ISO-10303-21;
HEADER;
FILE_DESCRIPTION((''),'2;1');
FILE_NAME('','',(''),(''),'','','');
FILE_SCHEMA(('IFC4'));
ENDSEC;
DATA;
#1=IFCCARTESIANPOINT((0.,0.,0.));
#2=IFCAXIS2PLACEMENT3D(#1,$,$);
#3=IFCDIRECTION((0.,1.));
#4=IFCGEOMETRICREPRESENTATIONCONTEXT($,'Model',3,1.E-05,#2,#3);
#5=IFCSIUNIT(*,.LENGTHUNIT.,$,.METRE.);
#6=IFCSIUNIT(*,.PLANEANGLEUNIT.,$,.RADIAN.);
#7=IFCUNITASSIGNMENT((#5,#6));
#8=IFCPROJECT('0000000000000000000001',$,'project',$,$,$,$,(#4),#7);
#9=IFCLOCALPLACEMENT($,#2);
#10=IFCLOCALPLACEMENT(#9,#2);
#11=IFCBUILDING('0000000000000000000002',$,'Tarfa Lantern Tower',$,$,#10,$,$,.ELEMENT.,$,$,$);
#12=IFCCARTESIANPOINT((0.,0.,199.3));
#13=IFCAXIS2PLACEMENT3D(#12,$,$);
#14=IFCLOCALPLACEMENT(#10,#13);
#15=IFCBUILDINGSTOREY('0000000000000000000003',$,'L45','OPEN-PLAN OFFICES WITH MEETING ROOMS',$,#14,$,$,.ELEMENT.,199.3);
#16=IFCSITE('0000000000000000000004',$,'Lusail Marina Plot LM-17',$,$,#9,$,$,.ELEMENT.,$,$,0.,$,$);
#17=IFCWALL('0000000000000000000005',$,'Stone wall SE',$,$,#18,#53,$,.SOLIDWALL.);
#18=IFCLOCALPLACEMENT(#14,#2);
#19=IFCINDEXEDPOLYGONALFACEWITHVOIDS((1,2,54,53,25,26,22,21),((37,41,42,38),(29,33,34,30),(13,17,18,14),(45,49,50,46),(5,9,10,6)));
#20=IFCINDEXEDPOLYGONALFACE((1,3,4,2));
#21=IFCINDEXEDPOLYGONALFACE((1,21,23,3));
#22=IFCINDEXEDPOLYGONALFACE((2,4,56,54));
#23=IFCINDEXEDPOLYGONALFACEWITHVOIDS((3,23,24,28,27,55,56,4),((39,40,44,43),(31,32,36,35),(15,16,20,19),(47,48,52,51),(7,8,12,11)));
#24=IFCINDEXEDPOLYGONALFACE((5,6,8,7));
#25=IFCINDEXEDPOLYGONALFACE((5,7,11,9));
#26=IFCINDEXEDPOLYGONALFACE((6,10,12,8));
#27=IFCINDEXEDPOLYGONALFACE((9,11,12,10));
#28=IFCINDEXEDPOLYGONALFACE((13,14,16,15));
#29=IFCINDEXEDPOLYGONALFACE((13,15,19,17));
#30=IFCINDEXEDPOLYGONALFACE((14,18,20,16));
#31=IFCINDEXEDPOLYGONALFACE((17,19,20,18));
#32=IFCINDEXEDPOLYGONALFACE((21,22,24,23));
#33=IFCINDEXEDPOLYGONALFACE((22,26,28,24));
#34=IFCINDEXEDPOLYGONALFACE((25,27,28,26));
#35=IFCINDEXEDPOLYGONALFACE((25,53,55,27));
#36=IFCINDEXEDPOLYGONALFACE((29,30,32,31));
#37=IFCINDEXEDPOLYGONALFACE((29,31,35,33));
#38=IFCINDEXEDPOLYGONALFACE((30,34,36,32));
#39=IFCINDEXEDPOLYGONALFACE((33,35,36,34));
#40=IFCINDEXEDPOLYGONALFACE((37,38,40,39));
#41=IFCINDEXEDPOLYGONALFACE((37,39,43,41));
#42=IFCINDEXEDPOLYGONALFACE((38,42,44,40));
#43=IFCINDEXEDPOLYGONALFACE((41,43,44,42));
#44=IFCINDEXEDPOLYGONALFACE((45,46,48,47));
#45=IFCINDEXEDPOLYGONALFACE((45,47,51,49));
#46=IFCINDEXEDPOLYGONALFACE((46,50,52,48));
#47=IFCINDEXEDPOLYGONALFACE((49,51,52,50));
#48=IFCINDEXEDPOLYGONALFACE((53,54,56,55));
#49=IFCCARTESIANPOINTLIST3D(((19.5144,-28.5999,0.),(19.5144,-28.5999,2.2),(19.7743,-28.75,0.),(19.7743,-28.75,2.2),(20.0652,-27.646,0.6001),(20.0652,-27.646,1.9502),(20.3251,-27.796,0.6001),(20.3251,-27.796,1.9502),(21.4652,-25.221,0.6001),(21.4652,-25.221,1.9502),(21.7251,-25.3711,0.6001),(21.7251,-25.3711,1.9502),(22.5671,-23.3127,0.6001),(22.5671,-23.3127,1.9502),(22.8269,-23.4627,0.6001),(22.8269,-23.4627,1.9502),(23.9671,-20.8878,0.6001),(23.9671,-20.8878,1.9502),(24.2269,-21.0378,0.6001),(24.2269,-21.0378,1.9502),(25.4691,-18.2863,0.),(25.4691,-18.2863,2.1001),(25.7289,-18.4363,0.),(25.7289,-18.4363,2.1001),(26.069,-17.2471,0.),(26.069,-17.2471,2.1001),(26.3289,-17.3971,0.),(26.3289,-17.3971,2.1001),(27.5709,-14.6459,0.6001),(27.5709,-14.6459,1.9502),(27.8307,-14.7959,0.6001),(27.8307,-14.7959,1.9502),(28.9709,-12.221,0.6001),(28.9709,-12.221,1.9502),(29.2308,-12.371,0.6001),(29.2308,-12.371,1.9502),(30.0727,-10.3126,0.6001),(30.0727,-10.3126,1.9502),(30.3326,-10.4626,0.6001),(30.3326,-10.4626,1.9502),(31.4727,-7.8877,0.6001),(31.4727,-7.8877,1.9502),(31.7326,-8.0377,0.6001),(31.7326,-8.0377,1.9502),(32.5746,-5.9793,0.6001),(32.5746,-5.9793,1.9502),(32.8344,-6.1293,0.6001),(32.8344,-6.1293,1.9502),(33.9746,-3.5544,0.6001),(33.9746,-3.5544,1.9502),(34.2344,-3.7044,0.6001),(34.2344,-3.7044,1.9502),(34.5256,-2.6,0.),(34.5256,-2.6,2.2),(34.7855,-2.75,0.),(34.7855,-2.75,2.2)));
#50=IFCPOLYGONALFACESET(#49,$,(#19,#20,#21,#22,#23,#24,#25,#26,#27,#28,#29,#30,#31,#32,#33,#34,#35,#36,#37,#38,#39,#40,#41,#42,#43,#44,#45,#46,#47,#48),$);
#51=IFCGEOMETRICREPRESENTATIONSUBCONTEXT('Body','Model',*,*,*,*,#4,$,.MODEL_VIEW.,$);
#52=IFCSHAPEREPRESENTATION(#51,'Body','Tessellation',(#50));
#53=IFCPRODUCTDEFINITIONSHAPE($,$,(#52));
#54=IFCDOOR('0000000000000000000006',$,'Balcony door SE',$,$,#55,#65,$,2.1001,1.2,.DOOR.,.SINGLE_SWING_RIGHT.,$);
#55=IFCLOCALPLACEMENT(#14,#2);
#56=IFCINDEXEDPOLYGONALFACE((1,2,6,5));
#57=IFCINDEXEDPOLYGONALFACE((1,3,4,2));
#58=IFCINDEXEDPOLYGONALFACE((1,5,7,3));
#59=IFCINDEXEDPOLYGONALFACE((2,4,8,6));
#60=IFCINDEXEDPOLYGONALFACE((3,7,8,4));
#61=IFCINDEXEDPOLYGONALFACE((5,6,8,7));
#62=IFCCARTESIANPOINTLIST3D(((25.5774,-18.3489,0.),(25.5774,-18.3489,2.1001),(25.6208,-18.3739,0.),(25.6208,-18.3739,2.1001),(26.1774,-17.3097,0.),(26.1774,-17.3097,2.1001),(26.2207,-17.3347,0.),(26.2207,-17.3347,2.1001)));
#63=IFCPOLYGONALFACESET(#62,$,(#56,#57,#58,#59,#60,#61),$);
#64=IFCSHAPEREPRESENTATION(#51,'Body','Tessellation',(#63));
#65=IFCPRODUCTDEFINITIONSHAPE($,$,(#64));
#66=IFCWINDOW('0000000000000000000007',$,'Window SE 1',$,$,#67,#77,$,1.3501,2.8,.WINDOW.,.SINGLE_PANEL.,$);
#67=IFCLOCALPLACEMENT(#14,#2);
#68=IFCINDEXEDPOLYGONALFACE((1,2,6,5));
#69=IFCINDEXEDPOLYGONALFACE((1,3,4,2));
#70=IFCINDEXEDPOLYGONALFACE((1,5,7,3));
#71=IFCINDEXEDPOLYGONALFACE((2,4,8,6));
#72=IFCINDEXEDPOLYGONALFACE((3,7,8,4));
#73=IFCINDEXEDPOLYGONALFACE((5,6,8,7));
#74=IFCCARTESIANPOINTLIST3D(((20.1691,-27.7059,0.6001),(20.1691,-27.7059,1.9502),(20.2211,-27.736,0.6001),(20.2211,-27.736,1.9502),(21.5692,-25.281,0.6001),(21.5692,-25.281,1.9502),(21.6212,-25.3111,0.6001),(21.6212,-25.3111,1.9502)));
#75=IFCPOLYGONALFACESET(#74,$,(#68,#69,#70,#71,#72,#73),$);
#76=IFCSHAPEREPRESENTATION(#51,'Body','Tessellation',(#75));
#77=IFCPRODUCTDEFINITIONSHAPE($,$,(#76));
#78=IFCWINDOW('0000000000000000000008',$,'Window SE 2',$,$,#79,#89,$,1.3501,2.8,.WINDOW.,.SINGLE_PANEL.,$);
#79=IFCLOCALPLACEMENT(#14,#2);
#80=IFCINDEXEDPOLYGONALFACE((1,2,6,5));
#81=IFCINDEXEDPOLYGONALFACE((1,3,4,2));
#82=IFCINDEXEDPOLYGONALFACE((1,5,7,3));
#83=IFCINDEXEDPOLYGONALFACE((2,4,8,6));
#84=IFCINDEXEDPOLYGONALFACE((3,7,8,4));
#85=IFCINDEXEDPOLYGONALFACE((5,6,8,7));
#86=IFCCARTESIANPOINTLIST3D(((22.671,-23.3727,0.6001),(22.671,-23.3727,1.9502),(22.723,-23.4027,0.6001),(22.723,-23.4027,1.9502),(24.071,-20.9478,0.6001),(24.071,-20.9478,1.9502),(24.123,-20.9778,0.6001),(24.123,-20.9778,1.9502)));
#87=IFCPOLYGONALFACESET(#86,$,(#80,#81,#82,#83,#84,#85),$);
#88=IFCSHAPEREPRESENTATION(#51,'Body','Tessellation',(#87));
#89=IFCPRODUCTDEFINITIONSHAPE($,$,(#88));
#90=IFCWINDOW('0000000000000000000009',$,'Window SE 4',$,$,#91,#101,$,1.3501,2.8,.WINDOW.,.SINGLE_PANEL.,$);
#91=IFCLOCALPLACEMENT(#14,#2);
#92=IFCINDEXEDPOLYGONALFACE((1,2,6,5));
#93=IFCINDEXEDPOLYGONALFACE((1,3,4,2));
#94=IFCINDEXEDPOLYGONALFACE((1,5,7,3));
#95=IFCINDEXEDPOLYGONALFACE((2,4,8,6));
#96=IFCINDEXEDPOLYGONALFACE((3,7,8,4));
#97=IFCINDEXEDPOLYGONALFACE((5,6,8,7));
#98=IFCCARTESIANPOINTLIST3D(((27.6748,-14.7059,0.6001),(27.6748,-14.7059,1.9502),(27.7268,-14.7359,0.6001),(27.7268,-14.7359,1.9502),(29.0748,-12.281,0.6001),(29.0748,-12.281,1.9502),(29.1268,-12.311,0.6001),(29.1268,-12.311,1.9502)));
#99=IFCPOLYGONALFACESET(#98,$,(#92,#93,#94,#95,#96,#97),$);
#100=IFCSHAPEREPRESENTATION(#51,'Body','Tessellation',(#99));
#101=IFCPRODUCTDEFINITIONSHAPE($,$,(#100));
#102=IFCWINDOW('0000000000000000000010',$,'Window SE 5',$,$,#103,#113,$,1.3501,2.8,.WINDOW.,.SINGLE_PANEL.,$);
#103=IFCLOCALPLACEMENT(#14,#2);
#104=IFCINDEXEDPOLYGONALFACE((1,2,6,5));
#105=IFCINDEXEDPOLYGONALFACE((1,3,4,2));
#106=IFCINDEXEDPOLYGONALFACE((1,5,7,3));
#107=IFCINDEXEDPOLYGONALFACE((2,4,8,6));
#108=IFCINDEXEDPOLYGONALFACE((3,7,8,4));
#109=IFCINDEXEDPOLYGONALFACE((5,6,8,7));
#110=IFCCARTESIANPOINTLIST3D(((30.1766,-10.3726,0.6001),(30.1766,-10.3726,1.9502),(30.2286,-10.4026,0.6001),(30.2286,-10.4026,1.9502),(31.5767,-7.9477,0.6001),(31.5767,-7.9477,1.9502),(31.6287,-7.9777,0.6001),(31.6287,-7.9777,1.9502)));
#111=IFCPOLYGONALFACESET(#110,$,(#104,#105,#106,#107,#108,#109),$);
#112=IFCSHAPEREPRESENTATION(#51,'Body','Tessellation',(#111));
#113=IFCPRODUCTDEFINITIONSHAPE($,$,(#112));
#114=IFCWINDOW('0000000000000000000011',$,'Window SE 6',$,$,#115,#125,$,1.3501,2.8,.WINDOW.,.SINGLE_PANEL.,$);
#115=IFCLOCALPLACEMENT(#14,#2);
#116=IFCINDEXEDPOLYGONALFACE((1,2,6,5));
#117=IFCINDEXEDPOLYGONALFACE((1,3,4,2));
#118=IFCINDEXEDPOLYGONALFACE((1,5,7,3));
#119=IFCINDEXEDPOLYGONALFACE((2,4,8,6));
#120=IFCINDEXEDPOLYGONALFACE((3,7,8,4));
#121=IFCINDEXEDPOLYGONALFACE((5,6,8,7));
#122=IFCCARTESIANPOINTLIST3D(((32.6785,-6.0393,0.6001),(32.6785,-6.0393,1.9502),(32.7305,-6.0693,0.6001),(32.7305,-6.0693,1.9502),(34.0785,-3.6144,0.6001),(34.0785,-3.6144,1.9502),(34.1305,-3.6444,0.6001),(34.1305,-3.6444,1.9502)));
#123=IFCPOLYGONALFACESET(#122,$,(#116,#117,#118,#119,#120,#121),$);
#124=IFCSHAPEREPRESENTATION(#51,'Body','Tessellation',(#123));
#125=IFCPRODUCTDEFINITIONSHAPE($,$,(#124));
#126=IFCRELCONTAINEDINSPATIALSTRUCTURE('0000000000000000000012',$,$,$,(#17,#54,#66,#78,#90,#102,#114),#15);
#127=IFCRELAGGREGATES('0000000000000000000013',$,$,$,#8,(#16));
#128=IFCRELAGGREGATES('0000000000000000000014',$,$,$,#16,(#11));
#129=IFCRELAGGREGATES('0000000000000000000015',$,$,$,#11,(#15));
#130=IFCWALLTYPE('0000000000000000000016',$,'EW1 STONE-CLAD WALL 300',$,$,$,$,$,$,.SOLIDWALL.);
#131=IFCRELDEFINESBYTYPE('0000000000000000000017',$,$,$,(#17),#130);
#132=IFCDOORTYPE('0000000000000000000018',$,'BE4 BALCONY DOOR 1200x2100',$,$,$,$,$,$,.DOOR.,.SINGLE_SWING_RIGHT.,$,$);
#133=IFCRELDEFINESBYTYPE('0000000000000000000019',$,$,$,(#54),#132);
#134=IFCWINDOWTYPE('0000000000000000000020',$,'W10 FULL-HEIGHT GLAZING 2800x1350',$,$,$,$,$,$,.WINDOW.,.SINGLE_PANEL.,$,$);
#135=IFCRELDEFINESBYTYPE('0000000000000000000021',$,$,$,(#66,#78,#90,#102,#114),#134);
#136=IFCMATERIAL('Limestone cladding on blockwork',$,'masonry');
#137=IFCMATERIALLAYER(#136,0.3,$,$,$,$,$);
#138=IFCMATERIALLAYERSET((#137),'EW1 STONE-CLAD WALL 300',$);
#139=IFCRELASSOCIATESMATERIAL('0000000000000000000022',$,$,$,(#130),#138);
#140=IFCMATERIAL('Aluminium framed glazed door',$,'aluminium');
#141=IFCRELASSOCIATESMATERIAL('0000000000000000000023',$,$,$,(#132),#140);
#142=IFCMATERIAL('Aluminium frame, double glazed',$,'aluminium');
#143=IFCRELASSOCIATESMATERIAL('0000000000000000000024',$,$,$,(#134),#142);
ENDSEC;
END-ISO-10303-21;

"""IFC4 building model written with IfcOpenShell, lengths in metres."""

from ifc_helpers import new_model, si_unit, direction, frame, frame_2d, origin, place, context, subcontext, project, spatial, rectangle, extrude, material, layer, layer_set, type_object, element, fill, save


model = new_model("IFC4")

# Units and contexts
model_context = context("Model", 3, precision=1e-05, world=origin(), true_north=direction((0.0, 1.0)))
body_context = subcontext(model_context, "Body", "Model", "MODEL_VIEW")
ifc_project = project(units=[si_unit("LENGTHUNIT", "METRE"), si_unit("PLANEANGLEUNIT", "RADIAN")], contexts=[model_context])

# Site, building, storey
site_placement = place(None, origin())
site = spatial("IfcSite", under=ifc_project, at=site_placement, Name="Lusail Marina Plot LM-17", CompositionType="ELEMENT", RefElevation=0.0)
building_placement = place(site_placement, origin())
building = spatial("IfcBuilding", under=site, at=building_placement, Name="Tarfa Lantern Tower", CompositionType="ELEMENT")
storey_placement = place(building_placement, frame((0.0, 0.0, 199.3)))
storey = spatial("IfcBuildingStorey", under=building, at=storey_placement, Name="L45", Description="OPEN-PLAN OFFICES WITH MEETING ROOMS", CompositionType="ELEMENT", Elevation=199.3)

# Wall, openings, door, windows
ifc_material_1 = material(Name="Limestone cladding on blockwork", Category="masonry")
ifc_layer = layer(ifc_material_1, 0.3)
ifc_layer_set = layer_set([ifc_layer], Name="EW1 STONE-CLAD WALL 300")
wall_type = type_object("IfcWallType", Name="EW1 STONE-CLAD WALL 300", PredefinedType="SOLIDWALL", material=ifc_layer_set)
wall_placement = place(storey_placement, frame((19.6443, -28.675, 0.0), z_axis=(0.0, 0.0, 1.0), x_axis=(0.500003, 0.866024, 0.0)))
wall = element("IfcWall", 1, at=wall_placement, inside=storey, type_object=wall_type, Name="Stone wall SE", PredefinedType="SOLIDWALL", context=body_context, shape_type="SweptSolid", body=[
    extrude(rectangle(XDim=30.0222, YDim=0.3, at=frame_2d((15.0112, 0.0))), origin(), (0.0, 0.0, 1.0), 2.2),
])
opening_1_placement = place(wall_placement, frame((1.1018, 0.0, 0.6001)))
opening_1 = element("IfcOpeningElement", 2, at=opening_1_placement, cuts=wall, PredefinedType="OPENING", context=body_context, shape_type="SweptSolid", body=[
    extrude(rectangle(XDim=2.8, YDim=1.3501, at=frame_2d((1.3999, 0.675))), frame((0.0, 0.1599, 0.0), z_axis=(0.0, -1.0, 0.0), x_axis=(1.0, 0.0, 0.0)), (0.0, 0.0, 1.0), 0.3201),
])
opening_2_placement = place(wall_placement, frame((6.1055, 0.0, 0.6001)))
opening_2 = element("IfcOpeningElement", 3, at=opening_2_placement, cuts=wall, PredefinedType="OPENING", context=body_context, shape_type="SweptSolid", body=[
    extrude(rectangle(XDim=2.8, YDim=1.3501, at=frame_2d((1.3999, 0.675))), frame((0.0, 0.1599, 0.0), z_axis=(0.0, -1.0, 0.0), x_axis=(1.0, 0.0, 0.0)), (0.0, 0.0, 1.0), 0.3201),
])
opening_3_placement = place(wall_placement, frame((11.9092, 0.0, 0.0)))
opening_3 = element("IfcOpeningElement", 4, at=opening_3_placement, cuts=wall, PredefinedType="OPENING", context=body_context, shape_type="SweptSolid", body=[
    extrude(rectangle(XDim=1.2, YDim=2.1001, at=frame_2d((0.6001, 1.05))), frame((0.0, 0.1599, 0.0), z_axis=(0.0, -1.0, 0.0), x_axis=(1.0, 0.0, 0.0)), (0.0, 0.0, 1.0), 0.3201),
])
opening_4_placement = place(wall_placement, frame((16.113, 0.0, 0.6001)))
opening_4 = element("IfcOpeningElement", 5, at=opening_4_placement, cuts=wall, PredefinedType="OPENING", context=body_context, shape_type="SweptSolid", body=[
    extrude(rectangle(XDim=2.8, YDim=1.3501, at=frame_2d((1.3999, 0.675))), frame((0.0, 0.1599, 0.0), z_axis=(0.0, -1.0, 0.0), x_axis=(1.0, 0.0, 0.0)), (0.0, 0.0, 1.0), 0.3201),
])
opening_5_placement = place(wall_placement, frame((21.1167, 0.0, 0.6001)))
opening_5 = element("IfcOpeningElement", 6, at=opening_5_placement, cuts=wall, PredefinedType="OPENING", context=body_context, shape_type="SweptSolid", body=[
    extrude(rectangle(XDim=2.8, YDim=1.3501, at=frame_2d((1.3999, 0.675))), frame((0.0, 0.1599, 0.0), z_axis=(0.0, -1.0, 0.0), x_axis=(1.0, 0.0, 0.0)), (0.0, 0.0, 1.0), 0.3201),
])
opening_6_placement = place(wall_placement, frame((26.1204, 0.0, 0.6001)))
opening_6 = element("IfcOpeningElement", 7, at=opening_6_placement, cuts=wall, PredefinedType="OPENING", context=body_context, shape_type="SweptSolid", body=[
    extrude(rectangle(XDim=2.8, YDim=1.3501, at=frame_2d((1.3999, 0.675))), frame((0.0, 0.1599, 0.0), z_axis=(0.0, -1.0, 0.0), x_axis=(1.0, 0.0, 0.0)), (0.0, 0.0, 1.0), 0.3201),
])
ifc_material_2 = material(Name="Aluminium framed glazed door", Category="aluminium")
door_type = type_object("IfcDoorType", Name="BE4 BALCONY DOOR 1200x2100", OperationType="SINGLE_SWING_RIGHT", PredefinedType="DOOR", material=ifc_material_2)
door_placement = place(opening_3_placement, origin())
door = element("IfcDoor", 8, at=door_placement, inside=storey, type_object=door_type, Name="Balcony door SE", OperationType="SINGLE_SWING_RIGHT", OverallHeight=2.1001, OverallWidth=1.2, PredefinedType="DOOR", context=body_context, shape_type="SweptSolid", body=[
    extrude(rectangle(XDim=1.2, YDim=2.1001, at=frame_2d((0.6001, 1.05))), frame((0.0, 0.0249, 0.0), z_axis=(0.0, -1.0, 0.0), x_axis=(1.0, 0.0, 0.0)), (0.0, 0.0, 1.0), 0.05),
])
fill(opening_3, door)
ifc_material_3 = material(Name="Aluminium frame, double glazed", Category="aluminium")
window_type = type_object("IfcWindowType", Name="W10 FULL-HEIGHT GLAZING 2800x1350", PartitioningType="SINGLE_PANEL", PredefinedType="WINDOW", material=ifc_material_3)
window_1_placement = place(opening_1_placement, origin())
window_1 = element("IfcWindow", 9, at=window_1_placement, inside=storey, type_object=window_type, Name="Window SE 1", OverallHeight=1.3501, OverallWidth=2.8, PartitioningType="SINGLE_PANEL", PredefinedType="WINDOW", context=body_context, shape_type="SweptSolid", body=[
    extrude(rectangle(XDim=2.8, YDim=1.3501, at=frame_2d((1.3999, 0.675))), frame((0.0, 0.03, 0.0), z_axis=(0.0, -1.0, 0.0), x_axis=(1.0, 0.0, 0.0)), (0.0, 0.0, 1.0), 0.0601),
])
fill(opening_1, window_1)
window_2_placement = place(opening_2_placement, origin())
window_2 = element("IfcWindow", 10, at=window_2_placement, inside=storey, type_object=window_type, Name="Window SE 2", OverallHeight=1.3501, OverallWidth=2.8, PartitioningType="SINGLE_PANEL", PredefinedType="WINDOW", context=body_context, shape_type="SweptSolid", body=[
    extrude(rectangle(XDim=2.8, YDim=1.3501, at=frame_2d((1.3999, 0.675))), frame((0.0, 0.03, 0.0), z_axis=(0.0, -1.0, 0.0), x_axis=(1.0, 0.0, 0.0)), (0.0, 0.0, 1.0), 0.0601),
])
fill(opening_2, window_2)
window_3_placement = place(opening_4_placement, origin())
window_3 = element("IfcWindow", 11, at=window_3_placement, inside=storey, type_object=window_type, Name="Window SE 4", OverallHeight=1.3501, OverallWidth=2.8, PartitioningType="SINGLE_PANEL", PredefinedType="WINDOW", context=body_context, shape_type="SweptSolid", body=[
    extrude(rectangle(XDim=2.8, YDim=1.3501, at=frame_2d((1.3999, 0.675))), frame((0.0, 0.03, 0.0), z_axis=(0.0, -1.0, 0.0), x_axis=(1.0, 0.0, 0.0)), (0.0, 0.0, 1.0), 0.0601),
])
fill(opening_4, window_3)
window_4_placement = place(opening_5_placement, origin())
window_4 = element("IfcWindow", 12, at=window_4_placement, inside=storey, type_object=window_type, Name="Window SE 5", OverallHeight=1.3501, OverallWidth=2.8, PartitioningType="SINGLE_PANEL", PredefinedType="WINDOW", context=body_context, shape_type="SweptSolid", body=[
    extrude(rectangle(XDim=2.8, YDim=1.3501, at=frame_2d((1.3999, 0.675))), frame((0.0, 0.03, 0.0), z_axis=(0.0, -1.0, 0.0), x_axis=(1.0, 0.0, 0.0)), (0.0, 0.0, 1.0), 0.0601),
])
fill(opening_5, window_4)
window_5_placement = place(opening_6_placement, origin())
window_5 = element("IfcWindow", 13, at=window_5_placement, inside=storey, type_object=window_type, Name="Window SE 6", OverallHeight=1.3501, OverallWidth=2.8, PartitioningType="SINGLE_PANEL", PredefinedType="WINDOW", context=body_context, shape_type="SweptSolid", body=[
    extrude(rectangle(XDim=2.8, YDim=1.3501, at=frame_2d((1.3999, 0.675))), frame((0.0, 0.03, 0.0), z_axis=(0.0, -1.0, 0.0), x_axis=(1.0, 0.0, 0.0)), (0.0, 0.0, 1.0), 0.0601),
])
fill(opening_6, window_5)

save(model, "model.ifc")
